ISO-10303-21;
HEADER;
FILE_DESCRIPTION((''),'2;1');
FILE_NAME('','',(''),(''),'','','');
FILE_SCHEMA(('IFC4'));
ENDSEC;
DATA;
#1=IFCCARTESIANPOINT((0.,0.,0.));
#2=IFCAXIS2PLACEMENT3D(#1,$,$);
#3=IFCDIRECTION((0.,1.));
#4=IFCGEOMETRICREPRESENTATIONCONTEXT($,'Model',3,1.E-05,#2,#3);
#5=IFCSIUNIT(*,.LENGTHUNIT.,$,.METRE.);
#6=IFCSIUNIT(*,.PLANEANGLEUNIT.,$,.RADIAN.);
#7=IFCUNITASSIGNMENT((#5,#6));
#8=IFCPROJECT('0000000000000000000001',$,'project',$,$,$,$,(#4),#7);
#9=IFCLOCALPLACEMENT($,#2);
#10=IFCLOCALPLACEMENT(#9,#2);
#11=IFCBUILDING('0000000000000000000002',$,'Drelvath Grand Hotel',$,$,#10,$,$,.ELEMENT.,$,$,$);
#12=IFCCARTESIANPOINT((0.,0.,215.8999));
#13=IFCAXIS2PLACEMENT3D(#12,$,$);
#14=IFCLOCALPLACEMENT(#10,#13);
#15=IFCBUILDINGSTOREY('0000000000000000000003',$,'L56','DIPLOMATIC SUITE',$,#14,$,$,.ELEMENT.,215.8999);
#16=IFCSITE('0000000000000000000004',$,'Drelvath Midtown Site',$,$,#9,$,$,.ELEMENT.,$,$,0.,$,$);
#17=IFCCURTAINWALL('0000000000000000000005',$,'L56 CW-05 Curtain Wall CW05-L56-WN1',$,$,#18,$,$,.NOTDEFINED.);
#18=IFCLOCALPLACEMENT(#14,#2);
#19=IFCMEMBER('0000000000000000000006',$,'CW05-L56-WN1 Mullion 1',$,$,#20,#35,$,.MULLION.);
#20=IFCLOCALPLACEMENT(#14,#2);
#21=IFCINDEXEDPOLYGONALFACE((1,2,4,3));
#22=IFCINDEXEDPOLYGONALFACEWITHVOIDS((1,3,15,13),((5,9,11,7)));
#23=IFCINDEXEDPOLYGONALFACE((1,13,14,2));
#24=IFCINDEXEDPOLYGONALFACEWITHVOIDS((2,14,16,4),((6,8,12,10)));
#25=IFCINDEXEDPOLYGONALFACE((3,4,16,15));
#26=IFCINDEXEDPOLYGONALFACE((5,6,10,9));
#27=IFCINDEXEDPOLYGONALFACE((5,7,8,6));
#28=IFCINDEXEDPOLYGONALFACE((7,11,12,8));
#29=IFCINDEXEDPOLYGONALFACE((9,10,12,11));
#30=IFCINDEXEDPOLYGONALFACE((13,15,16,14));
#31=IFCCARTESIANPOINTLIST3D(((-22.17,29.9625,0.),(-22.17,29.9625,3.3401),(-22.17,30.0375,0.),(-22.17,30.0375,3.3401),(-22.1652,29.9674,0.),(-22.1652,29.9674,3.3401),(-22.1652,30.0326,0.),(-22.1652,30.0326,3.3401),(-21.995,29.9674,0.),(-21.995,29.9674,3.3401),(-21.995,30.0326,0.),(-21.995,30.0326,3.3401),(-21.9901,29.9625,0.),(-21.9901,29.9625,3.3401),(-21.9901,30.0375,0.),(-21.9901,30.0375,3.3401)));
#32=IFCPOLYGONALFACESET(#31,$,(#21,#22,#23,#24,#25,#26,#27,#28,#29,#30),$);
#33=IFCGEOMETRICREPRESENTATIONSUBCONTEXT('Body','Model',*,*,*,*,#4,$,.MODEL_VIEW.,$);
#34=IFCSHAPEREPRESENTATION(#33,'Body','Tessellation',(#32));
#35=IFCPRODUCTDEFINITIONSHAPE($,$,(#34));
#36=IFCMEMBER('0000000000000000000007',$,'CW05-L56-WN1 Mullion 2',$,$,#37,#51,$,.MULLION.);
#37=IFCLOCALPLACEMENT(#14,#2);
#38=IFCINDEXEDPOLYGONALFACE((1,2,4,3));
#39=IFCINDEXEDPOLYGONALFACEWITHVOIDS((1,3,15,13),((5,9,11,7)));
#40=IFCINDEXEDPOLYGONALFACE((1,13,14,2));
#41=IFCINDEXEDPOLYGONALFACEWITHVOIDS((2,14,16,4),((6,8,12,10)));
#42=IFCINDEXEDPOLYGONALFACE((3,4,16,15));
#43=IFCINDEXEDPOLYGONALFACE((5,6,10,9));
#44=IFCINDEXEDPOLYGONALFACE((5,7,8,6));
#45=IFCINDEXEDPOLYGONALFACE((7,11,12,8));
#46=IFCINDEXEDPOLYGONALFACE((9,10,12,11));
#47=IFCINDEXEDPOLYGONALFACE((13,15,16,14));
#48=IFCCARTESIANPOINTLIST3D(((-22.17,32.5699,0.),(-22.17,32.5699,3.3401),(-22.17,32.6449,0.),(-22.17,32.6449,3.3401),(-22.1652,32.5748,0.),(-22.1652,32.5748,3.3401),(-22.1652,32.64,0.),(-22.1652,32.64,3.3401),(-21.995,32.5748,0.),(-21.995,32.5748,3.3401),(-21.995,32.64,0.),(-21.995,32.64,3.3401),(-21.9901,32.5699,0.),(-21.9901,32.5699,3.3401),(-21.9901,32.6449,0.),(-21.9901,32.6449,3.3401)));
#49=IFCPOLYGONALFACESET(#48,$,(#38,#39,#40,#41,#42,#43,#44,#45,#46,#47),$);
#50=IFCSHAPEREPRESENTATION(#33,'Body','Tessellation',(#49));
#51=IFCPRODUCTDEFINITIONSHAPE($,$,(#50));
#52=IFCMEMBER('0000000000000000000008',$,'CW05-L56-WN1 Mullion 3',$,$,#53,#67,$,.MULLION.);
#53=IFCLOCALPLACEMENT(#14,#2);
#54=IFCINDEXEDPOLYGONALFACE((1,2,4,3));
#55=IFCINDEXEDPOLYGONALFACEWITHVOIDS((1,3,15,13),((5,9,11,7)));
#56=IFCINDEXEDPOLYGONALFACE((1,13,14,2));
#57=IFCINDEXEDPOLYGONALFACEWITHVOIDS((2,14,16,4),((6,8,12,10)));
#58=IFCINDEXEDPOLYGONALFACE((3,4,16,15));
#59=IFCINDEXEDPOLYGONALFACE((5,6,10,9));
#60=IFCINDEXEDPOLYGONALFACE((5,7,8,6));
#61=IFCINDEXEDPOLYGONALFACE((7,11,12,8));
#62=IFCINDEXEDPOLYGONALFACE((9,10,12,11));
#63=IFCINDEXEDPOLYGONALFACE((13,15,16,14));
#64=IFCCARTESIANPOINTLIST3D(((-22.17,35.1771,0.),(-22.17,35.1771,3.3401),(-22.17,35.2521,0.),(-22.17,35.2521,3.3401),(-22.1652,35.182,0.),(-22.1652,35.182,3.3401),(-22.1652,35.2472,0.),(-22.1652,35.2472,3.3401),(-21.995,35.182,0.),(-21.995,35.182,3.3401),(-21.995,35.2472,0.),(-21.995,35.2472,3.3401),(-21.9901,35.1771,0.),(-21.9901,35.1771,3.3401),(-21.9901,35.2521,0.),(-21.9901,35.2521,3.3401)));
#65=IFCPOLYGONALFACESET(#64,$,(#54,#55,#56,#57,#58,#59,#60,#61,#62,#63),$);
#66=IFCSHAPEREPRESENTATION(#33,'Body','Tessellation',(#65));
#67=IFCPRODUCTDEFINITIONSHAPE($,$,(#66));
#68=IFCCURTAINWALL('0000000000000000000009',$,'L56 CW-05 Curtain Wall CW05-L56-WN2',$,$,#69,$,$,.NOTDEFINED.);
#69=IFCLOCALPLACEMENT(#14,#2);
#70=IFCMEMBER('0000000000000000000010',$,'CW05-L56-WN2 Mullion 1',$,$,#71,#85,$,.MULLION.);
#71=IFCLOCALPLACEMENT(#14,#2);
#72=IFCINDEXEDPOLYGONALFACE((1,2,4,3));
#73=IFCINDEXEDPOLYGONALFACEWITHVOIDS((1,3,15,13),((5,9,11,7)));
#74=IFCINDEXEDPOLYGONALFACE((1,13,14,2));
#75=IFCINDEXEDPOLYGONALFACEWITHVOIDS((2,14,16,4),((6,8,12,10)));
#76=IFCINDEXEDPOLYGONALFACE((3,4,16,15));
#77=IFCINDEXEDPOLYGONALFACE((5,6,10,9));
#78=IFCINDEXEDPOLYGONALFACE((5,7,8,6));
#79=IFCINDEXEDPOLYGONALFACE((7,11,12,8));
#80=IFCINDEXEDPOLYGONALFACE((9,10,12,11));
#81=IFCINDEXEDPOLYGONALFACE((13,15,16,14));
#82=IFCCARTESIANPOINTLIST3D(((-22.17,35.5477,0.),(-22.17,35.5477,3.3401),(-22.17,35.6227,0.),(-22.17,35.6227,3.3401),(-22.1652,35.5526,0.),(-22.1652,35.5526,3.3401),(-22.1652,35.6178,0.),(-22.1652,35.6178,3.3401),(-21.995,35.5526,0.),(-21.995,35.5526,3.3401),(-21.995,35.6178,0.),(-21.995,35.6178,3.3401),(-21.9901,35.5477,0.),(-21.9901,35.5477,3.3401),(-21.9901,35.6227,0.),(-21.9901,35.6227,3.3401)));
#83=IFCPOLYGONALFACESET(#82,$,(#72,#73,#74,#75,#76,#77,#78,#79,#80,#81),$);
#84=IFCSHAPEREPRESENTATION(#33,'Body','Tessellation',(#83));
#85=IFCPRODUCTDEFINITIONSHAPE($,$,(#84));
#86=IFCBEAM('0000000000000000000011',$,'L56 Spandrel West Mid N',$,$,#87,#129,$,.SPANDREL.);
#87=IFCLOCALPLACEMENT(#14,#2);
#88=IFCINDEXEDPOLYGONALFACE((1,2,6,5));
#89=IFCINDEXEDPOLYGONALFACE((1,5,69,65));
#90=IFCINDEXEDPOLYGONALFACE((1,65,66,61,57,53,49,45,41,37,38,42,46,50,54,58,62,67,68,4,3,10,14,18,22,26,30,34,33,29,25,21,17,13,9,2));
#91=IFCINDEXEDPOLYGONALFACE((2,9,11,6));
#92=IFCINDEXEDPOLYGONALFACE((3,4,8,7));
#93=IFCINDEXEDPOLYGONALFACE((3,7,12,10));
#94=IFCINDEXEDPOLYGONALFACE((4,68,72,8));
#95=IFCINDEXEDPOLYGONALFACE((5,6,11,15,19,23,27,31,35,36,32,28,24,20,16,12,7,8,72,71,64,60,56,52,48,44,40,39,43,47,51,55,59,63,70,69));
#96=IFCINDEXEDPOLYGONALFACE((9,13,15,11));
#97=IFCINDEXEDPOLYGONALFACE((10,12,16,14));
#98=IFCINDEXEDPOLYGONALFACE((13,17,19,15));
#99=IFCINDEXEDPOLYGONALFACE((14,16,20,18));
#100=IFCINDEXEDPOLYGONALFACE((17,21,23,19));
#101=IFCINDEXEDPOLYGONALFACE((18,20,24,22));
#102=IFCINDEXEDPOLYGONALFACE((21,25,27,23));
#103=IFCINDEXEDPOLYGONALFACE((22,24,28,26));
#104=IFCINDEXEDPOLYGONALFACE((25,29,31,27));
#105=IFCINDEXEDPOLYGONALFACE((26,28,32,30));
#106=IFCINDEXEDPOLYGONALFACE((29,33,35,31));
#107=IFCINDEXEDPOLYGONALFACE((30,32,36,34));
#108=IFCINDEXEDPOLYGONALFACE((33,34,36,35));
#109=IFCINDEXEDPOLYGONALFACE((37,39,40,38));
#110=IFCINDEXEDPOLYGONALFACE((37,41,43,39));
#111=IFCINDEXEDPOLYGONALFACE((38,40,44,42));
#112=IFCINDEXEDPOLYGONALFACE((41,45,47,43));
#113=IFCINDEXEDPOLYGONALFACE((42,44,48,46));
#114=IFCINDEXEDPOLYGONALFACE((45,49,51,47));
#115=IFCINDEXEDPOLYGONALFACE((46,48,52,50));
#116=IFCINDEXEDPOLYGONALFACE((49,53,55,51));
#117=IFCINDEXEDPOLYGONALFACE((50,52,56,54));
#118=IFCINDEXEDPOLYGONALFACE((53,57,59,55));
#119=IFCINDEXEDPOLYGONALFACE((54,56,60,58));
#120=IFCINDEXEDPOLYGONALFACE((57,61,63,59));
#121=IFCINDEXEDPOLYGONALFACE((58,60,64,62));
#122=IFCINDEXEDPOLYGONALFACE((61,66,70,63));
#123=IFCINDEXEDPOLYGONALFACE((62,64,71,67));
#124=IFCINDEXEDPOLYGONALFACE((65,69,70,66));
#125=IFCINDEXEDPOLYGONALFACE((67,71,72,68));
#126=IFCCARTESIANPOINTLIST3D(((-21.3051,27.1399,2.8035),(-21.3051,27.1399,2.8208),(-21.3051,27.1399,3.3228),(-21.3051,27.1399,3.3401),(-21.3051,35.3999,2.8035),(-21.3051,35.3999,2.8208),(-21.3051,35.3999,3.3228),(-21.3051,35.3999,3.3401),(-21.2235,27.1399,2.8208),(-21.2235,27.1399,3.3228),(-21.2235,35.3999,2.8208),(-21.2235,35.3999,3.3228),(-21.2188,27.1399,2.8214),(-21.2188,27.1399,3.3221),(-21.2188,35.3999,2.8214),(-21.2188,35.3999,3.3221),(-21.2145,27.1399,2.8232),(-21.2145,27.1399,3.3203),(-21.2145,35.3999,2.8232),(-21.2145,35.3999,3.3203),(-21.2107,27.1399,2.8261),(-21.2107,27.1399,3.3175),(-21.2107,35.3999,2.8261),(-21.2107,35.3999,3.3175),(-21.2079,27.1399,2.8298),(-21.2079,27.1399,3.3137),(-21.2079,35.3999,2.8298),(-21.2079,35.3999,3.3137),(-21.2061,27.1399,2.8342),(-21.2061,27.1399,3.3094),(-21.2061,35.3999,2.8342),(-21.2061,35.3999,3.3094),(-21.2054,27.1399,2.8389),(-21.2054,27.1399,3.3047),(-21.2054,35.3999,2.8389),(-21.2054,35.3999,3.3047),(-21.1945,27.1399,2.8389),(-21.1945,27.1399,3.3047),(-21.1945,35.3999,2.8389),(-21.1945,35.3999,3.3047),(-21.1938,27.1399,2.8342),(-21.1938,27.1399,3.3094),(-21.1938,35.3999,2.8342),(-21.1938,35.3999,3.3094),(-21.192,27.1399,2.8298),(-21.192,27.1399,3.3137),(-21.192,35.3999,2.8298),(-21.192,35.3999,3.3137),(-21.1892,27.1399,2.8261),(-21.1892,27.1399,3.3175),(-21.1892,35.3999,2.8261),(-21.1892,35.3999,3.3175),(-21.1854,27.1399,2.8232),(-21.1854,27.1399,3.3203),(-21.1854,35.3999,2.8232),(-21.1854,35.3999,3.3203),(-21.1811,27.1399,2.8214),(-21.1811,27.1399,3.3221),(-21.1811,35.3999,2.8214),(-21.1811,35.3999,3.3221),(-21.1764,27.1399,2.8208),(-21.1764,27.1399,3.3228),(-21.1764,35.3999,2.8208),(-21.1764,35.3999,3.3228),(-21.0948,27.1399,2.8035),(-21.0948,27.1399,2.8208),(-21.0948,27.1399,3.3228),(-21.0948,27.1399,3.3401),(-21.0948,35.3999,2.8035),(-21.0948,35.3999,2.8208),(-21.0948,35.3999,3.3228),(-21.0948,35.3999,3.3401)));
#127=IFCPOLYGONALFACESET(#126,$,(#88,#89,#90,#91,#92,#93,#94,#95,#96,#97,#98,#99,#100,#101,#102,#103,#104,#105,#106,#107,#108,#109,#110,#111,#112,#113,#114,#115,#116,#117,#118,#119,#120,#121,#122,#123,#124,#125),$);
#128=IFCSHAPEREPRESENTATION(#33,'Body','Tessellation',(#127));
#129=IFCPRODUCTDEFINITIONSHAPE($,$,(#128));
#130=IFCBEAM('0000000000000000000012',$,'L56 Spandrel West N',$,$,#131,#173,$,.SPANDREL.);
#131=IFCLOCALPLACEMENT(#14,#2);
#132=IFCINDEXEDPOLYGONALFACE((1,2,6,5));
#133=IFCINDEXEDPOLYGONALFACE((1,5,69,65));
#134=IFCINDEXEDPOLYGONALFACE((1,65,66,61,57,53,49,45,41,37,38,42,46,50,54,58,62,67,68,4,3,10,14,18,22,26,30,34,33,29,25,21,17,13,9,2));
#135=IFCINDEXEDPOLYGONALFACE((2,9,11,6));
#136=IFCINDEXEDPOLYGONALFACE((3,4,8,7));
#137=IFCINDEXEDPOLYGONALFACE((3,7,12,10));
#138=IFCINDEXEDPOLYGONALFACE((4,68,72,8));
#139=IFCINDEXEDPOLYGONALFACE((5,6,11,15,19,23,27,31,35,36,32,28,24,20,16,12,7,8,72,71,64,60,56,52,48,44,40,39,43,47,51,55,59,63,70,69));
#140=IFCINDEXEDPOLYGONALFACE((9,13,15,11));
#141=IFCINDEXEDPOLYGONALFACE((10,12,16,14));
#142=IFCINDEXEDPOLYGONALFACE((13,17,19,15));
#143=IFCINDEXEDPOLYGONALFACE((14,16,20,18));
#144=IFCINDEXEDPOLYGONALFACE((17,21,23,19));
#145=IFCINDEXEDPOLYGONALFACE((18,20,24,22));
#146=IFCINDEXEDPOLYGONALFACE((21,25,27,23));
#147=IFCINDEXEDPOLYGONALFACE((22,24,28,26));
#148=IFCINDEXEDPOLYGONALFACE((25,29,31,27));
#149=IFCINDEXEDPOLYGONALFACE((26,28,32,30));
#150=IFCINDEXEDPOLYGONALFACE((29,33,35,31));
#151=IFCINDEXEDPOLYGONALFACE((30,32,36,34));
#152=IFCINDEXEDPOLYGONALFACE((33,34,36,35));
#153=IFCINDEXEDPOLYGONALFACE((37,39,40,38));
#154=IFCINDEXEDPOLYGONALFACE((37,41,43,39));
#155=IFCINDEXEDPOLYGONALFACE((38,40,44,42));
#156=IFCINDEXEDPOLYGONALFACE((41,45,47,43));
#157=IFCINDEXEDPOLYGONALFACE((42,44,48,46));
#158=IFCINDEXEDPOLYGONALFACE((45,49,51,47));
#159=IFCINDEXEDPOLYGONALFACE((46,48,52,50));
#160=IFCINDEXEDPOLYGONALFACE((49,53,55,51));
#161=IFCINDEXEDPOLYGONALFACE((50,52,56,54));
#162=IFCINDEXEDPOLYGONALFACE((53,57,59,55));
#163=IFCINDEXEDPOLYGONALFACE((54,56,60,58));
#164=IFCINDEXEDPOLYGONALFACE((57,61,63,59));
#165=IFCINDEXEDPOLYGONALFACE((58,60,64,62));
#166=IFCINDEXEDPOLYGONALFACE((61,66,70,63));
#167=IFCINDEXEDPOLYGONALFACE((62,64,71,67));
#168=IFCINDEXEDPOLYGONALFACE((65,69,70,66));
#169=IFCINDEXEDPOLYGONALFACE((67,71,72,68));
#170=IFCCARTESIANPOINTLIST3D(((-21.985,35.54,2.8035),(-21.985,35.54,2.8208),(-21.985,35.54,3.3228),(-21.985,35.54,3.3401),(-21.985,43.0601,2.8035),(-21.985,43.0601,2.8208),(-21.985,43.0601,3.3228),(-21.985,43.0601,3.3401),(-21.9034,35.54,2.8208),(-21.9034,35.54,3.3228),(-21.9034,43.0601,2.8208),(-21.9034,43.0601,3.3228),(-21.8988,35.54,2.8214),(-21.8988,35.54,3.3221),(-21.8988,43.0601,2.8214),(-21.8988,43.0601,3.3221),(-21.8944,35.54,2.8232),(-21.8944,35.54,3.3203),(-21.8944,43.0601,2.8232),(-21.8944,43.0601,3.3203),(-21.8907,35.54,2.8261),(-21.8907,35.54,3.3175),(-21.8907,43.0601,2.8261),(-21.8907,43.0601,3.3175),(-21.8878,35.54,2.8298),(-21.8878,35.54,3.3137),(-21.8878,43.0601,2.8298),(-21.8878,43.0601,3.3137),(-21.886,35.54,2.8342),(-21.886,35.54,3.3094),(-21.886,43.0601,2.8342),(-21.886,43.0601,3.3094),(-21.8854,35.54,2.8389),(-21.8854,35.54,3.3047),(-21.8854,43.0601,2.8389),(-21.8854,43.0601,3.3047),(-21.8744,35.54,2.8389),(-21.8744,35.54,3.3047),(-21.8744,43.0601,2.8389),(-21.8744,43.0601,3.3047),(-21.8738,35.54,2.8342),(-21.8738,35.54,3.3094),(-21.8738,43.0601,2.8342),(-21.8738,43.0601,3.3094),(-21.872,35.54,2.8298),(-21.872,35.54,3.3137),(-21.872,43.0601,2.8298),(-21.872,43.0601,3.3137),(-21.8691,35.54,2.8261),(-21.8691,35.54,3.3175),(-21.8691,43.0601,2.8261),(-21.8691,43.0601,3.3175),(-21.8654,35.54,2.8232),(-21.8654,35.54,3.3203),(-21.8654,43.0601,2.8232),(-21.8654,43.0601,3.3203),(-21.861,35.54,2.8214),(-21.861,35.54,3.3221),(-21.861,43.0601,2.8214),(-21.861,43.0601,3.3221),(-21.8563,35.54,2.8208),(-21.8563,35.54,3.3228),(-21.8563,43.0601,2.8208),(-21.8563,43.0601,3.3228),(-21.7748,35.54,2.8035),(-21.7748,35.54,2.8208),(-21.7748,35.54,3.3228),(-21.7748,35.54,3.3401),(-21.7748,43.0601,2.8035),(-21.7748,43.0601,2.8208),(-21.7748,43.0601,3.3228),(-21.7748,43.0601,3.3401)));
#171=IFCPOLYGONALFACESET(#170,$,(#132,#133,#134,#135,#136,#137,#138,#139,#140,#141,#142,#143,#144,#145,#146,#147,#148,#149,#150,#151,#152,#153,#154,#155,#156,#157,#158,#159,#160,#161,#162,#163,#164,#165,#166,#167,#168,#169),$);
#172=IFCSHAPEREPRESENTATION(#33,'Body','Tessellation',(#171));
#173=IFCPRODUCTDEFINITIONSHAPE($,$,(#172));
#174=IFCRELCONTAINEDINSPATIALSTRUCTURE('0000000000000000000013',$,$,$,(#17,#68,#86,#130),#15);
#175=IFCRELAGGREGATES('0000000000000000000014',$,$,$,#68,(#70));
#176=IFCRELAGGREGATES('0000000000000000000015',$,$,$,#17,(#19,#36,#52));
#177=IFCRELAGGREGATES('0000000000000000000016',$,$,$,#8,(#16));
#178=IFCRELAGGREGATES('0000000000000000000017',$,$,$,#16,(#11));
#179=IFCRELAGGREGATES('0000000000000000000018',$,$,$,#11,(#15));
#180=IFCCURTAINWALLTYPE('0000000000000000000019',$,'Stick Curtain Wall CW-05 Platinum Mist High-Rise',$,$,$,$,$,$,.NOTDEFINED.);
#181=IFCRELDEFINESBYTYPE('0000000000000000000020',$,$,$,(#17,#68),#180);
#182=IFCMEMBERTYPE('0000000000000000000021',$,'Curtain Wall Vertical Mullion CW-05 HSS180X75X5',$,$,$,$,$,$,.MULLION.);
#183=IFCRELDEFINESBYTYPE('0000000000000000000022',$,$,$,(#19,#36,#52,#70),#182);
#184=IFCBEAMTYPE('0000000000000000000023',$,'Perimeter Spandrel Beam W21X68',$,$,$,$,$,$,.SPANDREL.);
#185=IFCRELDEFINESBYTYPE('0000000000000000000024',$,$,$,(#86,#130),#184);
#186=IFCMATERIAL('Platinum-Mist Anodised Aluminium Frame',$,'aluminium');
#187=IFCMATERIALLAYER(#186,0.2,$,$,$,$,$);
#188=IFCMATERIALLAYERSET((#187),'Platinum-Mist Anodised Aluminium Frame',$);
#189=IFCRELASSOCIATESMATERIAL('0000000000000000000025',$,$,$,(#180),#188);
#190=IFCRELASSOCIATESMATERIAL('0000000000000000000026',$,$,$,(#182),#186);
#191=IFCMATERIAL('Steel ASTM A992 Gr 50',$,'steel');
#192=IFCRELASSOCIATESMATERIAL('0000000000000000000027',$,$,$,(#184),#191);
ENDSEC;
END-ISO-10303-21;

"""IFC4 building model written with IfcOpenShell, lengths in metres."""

from ifc_helpers import new_model, si_unit, direction, frame, origin, origin_2d, place, context, subcontext, project, spatial, hollow_rectangle, i_section, extrude, material, layer, layer_set, material_profile, profile_set, type_object, element, aggregate, save


model = new_model("IFC4")

# Units and contexts
model_context = context("Model", 3, precision=1e-05, world=origin(), true_north=direction((0.0, 1.0)))
body_context = subcontext(model_context, "Body", "Model", "MODEL_VIEW")
ifc_project = project(units=[si_unit("LENGTHUNIT", "METRE"), si_unit("PLANEANGLEUNIT", "RADIAN")], contexts=[model_context])

# Site, building, storey
site_placement = place(None, origin())
site = spatial("IfcSite", under=ifc_project, at=site_placement, Name="Drelvath Midtown Site", CompositionType="ELEMENT", RefElevation=0.0)
building_placement = place(site_placement, origin())
building = spatial("IfcBuilding", under=site, at=building_placement, Name="Drelvath Grand Hotel", CompositionType="ELEMENT")
storey_placement = place(building_placement, frame((0.0, 0.0, 215.8999)))
storey = spatial("IfcBuildingStorey", under=building, at=storey_placement, Name="L56", Description="DIPLOMATIC SUITE", CompositionType="ELEMENT", Elevation=215.8999)

# Curtain wall
ifc_material_1 = material(Name="Platinum-Mist Anodised Aluminium Frame", Category="aluminium")
ifc_layer_1 = layer(ifc_material_1, 0.2)
ifc_layer_set_1 = layer_set([ifc_layer_1], Name="Platinum-Mist Anodised Aluminium Frame")
curtain_wall_type = type_object("IfcCurtainWallType", Name="Stick Curtain Wall CW-05 Platinum Mist High-Rise", PredefinedType="NOTDEFINED", material=ifc_layer_set_1)
curtain_wall_1_placement = place(storey_placement, origin())
curtain_wall_1 = element("IfcCurtainWall", 1, at=curtain_wall_1_placement, inside=storey, type_object=curtain_wall_type, Name="L56 CW-05 Curtain Wall CW05-L56-WN1", PredefinedType="NOTDEFINED")
ifc_material_profile_1 = material_profile(ifc_material_1, hollow_rectangle(XDim=0.075, YDim=0.1799, WallThickness=0.0049, at=origin_2d()), Name="HSS180X75X5")
ifc_profile_set_1 = profile_set([ifc_material_profile_1], Name="Platinum-Mist Anodised Aluminium Frame")
member_type_1 = type_object("IfcMemberType", Name="Curtain Wall Vertical Mullion CW-05 HSS180X75X5", PredefinedType="MULLION", material=ifc_profile_set_1)

# Members
member_1_placement = place(storey_placement, frame((-22.0801, 30.0, 0.0), z_axis=(0.0, 0.0, 1.0), x_axis=(0.0, 1.0, 0.0)))
member_1 = element("IfcMember", 2, at=member_1_placement, type_object=member_type_1, Name="CW05-L56-WN1 Mullion 1", PredefinedType="MULLION", context=body_context, shape_type="SweptSolid", body=[
    extrude(hollow_rectangle(XDim=0.075, YDim=0.1799, WallThickness=0.0049, at=origin_2d()), origin(), (0.0, 0.0, 1.0), 3.3401),
])
member_2_placement = place(storey_placement, frame((-22.0801, 32.6074, 0.0), z_axis=(0.0, 0.0, 1.0), x_axis=(0.0, 1.0, 0.0)))
member_2 = element("IfcMember", 3, at=member_2_placement, type_object=member_type_1, Name="CW05-L56-WN1 Mullion 2", PredefinedType="MULLION", context=body_context, shape_type="SweptSolid", body=[
    extrude(hollow_rectangle(XDim=0.075, YDim=0.1799, WallThickness=0.0049, at=origin_2d()), origin(), (0.0, 0.0, 1.0), 3.3401),
])
member_3_placement = place(storey_placement, frame((-22.0801, 35.2146, 0.0), z_axis=(0.0, 0.0, 1.0), x_axis=(0.0, 1.0, 0.0)))
member_3 = element("IfcMember", 4, at=member_3_placement, type_object=member_type_1, Name="CW05-L56-WN1 Mullion 3", PredefinedType="MULLION", context=body_context, shape_type="SweptSolid", body=[
    extrude(hollow_rectangle(XDim=0.075, YDim=0.1799, WallThickness=0.0049, at=origin_2d()), origin(), (0.0, 0.0, 1.0), 3.3401),
])

# Curtain wall, member
curtain_wall_2_placement = place(storey_placement, origin())
curtain_wall_2 = element("IfcCurtainWall", 5, at=curtain_wall_2_placement, inside=storey, type_object=curtain_wall_type, Name="L56 CW-05 Curtain Wall CW05-L56-WN2", PredefinedType="NOTDEFINED")
member_4_placement = place(storey_placement, frame((-22.0801, 35.5852, 0.0), z_axis=(0.0, 0.0, 1.0), x_axis=(0.0, 1.0, 0.0)))
member_4 = element("IfcMember", 6, at=member_4_placement, type_object=member_type_1, Name="CW05-L56-WN2 Mullion 1", PredefinedType="MULLION", context=body_context, shape_type="SweptSolid", body=[
    extrude(hollow_rectangle(XDim=0.075, YDim=0.1799, WallThickness=0.0049, at=origin_2d()), origin(), (0.0, 0.0, 1.0), 3.3401),
])
aggregate(curtain_wall_2, [member_4])

# Beams
ifc_material_2 = material(Name="Steel ASTM A992 Gr 50", Category="steel")
ifc_material_profile_2 = material_profile(ifc_material_2, i_section(OverallWidth=0.2102, OverallDepth=0.5366, WebThickness=0.011, FlangeThickness=0.0173, FilletRadius=0.0181, at=origin_2d()), Name="W21X68")
ifc_profile_set_2 = profile_set([ifc_material_profile_2], Name="Steel ASTM A992 Gr 50")
beam_type_1 = type_object("IfcBeamType", Name="Perimeter Spandrel Beam W21X68", PredefinedType="SPANDREL", material=ifc_profile_set_2)
beam_1_placement = place(storey_placement, frame((-21.2, 27.1399, 3.0718), z_axis=(0.0, 1.0, 0.0), x_axis=(-1.0, 0.0, 0.0)))
element("IfcBeam", 7, at=beam_1_placement, inside=storey, type_object=beam_type_1, Name="L56 Spandrel West Mid N", PredefinedType="SPANDREL", context=body_context, shape_type="SweptSolid", body=[
    extrude(i_section(OverallWidth=0.2102, OverallDepth=0.5366, WebThickness=0.011, FlangeThickness=0.0173, FilletRadius=0.0181, at=origin_2d()), origin(), (0.0, 0.0, 1.0), 8.26),
])
beam_2_placement = place(storey_placement, frame((-21.8799, 35.54, 3.0718), z_axis=(0.0, 1.0, 0.0), x_axis=(-1.0, 0.0, 0.0)))
element("IfcBeam", 8, at=beam_2_placement, inside=storey, type_object=beam_type_1, Name="L56 Spandrel West N", PredefinedType="SPANDREL", context=body_context, shape_type="SweptSolid", body=[
    extrude(i_section(OverallWidth=0.2102, OverallDepth=0.5366, WebThickness=0.011, FlangeThickness=0.0173, FilletRadius=0.0181, at=origin_2d()), origin(), (0.0, 0.0, 1.0), 7.52),
])

aggregate(curtain_wall_1, [member_1, member_2, member_3])

save(model, "model.ifc")
